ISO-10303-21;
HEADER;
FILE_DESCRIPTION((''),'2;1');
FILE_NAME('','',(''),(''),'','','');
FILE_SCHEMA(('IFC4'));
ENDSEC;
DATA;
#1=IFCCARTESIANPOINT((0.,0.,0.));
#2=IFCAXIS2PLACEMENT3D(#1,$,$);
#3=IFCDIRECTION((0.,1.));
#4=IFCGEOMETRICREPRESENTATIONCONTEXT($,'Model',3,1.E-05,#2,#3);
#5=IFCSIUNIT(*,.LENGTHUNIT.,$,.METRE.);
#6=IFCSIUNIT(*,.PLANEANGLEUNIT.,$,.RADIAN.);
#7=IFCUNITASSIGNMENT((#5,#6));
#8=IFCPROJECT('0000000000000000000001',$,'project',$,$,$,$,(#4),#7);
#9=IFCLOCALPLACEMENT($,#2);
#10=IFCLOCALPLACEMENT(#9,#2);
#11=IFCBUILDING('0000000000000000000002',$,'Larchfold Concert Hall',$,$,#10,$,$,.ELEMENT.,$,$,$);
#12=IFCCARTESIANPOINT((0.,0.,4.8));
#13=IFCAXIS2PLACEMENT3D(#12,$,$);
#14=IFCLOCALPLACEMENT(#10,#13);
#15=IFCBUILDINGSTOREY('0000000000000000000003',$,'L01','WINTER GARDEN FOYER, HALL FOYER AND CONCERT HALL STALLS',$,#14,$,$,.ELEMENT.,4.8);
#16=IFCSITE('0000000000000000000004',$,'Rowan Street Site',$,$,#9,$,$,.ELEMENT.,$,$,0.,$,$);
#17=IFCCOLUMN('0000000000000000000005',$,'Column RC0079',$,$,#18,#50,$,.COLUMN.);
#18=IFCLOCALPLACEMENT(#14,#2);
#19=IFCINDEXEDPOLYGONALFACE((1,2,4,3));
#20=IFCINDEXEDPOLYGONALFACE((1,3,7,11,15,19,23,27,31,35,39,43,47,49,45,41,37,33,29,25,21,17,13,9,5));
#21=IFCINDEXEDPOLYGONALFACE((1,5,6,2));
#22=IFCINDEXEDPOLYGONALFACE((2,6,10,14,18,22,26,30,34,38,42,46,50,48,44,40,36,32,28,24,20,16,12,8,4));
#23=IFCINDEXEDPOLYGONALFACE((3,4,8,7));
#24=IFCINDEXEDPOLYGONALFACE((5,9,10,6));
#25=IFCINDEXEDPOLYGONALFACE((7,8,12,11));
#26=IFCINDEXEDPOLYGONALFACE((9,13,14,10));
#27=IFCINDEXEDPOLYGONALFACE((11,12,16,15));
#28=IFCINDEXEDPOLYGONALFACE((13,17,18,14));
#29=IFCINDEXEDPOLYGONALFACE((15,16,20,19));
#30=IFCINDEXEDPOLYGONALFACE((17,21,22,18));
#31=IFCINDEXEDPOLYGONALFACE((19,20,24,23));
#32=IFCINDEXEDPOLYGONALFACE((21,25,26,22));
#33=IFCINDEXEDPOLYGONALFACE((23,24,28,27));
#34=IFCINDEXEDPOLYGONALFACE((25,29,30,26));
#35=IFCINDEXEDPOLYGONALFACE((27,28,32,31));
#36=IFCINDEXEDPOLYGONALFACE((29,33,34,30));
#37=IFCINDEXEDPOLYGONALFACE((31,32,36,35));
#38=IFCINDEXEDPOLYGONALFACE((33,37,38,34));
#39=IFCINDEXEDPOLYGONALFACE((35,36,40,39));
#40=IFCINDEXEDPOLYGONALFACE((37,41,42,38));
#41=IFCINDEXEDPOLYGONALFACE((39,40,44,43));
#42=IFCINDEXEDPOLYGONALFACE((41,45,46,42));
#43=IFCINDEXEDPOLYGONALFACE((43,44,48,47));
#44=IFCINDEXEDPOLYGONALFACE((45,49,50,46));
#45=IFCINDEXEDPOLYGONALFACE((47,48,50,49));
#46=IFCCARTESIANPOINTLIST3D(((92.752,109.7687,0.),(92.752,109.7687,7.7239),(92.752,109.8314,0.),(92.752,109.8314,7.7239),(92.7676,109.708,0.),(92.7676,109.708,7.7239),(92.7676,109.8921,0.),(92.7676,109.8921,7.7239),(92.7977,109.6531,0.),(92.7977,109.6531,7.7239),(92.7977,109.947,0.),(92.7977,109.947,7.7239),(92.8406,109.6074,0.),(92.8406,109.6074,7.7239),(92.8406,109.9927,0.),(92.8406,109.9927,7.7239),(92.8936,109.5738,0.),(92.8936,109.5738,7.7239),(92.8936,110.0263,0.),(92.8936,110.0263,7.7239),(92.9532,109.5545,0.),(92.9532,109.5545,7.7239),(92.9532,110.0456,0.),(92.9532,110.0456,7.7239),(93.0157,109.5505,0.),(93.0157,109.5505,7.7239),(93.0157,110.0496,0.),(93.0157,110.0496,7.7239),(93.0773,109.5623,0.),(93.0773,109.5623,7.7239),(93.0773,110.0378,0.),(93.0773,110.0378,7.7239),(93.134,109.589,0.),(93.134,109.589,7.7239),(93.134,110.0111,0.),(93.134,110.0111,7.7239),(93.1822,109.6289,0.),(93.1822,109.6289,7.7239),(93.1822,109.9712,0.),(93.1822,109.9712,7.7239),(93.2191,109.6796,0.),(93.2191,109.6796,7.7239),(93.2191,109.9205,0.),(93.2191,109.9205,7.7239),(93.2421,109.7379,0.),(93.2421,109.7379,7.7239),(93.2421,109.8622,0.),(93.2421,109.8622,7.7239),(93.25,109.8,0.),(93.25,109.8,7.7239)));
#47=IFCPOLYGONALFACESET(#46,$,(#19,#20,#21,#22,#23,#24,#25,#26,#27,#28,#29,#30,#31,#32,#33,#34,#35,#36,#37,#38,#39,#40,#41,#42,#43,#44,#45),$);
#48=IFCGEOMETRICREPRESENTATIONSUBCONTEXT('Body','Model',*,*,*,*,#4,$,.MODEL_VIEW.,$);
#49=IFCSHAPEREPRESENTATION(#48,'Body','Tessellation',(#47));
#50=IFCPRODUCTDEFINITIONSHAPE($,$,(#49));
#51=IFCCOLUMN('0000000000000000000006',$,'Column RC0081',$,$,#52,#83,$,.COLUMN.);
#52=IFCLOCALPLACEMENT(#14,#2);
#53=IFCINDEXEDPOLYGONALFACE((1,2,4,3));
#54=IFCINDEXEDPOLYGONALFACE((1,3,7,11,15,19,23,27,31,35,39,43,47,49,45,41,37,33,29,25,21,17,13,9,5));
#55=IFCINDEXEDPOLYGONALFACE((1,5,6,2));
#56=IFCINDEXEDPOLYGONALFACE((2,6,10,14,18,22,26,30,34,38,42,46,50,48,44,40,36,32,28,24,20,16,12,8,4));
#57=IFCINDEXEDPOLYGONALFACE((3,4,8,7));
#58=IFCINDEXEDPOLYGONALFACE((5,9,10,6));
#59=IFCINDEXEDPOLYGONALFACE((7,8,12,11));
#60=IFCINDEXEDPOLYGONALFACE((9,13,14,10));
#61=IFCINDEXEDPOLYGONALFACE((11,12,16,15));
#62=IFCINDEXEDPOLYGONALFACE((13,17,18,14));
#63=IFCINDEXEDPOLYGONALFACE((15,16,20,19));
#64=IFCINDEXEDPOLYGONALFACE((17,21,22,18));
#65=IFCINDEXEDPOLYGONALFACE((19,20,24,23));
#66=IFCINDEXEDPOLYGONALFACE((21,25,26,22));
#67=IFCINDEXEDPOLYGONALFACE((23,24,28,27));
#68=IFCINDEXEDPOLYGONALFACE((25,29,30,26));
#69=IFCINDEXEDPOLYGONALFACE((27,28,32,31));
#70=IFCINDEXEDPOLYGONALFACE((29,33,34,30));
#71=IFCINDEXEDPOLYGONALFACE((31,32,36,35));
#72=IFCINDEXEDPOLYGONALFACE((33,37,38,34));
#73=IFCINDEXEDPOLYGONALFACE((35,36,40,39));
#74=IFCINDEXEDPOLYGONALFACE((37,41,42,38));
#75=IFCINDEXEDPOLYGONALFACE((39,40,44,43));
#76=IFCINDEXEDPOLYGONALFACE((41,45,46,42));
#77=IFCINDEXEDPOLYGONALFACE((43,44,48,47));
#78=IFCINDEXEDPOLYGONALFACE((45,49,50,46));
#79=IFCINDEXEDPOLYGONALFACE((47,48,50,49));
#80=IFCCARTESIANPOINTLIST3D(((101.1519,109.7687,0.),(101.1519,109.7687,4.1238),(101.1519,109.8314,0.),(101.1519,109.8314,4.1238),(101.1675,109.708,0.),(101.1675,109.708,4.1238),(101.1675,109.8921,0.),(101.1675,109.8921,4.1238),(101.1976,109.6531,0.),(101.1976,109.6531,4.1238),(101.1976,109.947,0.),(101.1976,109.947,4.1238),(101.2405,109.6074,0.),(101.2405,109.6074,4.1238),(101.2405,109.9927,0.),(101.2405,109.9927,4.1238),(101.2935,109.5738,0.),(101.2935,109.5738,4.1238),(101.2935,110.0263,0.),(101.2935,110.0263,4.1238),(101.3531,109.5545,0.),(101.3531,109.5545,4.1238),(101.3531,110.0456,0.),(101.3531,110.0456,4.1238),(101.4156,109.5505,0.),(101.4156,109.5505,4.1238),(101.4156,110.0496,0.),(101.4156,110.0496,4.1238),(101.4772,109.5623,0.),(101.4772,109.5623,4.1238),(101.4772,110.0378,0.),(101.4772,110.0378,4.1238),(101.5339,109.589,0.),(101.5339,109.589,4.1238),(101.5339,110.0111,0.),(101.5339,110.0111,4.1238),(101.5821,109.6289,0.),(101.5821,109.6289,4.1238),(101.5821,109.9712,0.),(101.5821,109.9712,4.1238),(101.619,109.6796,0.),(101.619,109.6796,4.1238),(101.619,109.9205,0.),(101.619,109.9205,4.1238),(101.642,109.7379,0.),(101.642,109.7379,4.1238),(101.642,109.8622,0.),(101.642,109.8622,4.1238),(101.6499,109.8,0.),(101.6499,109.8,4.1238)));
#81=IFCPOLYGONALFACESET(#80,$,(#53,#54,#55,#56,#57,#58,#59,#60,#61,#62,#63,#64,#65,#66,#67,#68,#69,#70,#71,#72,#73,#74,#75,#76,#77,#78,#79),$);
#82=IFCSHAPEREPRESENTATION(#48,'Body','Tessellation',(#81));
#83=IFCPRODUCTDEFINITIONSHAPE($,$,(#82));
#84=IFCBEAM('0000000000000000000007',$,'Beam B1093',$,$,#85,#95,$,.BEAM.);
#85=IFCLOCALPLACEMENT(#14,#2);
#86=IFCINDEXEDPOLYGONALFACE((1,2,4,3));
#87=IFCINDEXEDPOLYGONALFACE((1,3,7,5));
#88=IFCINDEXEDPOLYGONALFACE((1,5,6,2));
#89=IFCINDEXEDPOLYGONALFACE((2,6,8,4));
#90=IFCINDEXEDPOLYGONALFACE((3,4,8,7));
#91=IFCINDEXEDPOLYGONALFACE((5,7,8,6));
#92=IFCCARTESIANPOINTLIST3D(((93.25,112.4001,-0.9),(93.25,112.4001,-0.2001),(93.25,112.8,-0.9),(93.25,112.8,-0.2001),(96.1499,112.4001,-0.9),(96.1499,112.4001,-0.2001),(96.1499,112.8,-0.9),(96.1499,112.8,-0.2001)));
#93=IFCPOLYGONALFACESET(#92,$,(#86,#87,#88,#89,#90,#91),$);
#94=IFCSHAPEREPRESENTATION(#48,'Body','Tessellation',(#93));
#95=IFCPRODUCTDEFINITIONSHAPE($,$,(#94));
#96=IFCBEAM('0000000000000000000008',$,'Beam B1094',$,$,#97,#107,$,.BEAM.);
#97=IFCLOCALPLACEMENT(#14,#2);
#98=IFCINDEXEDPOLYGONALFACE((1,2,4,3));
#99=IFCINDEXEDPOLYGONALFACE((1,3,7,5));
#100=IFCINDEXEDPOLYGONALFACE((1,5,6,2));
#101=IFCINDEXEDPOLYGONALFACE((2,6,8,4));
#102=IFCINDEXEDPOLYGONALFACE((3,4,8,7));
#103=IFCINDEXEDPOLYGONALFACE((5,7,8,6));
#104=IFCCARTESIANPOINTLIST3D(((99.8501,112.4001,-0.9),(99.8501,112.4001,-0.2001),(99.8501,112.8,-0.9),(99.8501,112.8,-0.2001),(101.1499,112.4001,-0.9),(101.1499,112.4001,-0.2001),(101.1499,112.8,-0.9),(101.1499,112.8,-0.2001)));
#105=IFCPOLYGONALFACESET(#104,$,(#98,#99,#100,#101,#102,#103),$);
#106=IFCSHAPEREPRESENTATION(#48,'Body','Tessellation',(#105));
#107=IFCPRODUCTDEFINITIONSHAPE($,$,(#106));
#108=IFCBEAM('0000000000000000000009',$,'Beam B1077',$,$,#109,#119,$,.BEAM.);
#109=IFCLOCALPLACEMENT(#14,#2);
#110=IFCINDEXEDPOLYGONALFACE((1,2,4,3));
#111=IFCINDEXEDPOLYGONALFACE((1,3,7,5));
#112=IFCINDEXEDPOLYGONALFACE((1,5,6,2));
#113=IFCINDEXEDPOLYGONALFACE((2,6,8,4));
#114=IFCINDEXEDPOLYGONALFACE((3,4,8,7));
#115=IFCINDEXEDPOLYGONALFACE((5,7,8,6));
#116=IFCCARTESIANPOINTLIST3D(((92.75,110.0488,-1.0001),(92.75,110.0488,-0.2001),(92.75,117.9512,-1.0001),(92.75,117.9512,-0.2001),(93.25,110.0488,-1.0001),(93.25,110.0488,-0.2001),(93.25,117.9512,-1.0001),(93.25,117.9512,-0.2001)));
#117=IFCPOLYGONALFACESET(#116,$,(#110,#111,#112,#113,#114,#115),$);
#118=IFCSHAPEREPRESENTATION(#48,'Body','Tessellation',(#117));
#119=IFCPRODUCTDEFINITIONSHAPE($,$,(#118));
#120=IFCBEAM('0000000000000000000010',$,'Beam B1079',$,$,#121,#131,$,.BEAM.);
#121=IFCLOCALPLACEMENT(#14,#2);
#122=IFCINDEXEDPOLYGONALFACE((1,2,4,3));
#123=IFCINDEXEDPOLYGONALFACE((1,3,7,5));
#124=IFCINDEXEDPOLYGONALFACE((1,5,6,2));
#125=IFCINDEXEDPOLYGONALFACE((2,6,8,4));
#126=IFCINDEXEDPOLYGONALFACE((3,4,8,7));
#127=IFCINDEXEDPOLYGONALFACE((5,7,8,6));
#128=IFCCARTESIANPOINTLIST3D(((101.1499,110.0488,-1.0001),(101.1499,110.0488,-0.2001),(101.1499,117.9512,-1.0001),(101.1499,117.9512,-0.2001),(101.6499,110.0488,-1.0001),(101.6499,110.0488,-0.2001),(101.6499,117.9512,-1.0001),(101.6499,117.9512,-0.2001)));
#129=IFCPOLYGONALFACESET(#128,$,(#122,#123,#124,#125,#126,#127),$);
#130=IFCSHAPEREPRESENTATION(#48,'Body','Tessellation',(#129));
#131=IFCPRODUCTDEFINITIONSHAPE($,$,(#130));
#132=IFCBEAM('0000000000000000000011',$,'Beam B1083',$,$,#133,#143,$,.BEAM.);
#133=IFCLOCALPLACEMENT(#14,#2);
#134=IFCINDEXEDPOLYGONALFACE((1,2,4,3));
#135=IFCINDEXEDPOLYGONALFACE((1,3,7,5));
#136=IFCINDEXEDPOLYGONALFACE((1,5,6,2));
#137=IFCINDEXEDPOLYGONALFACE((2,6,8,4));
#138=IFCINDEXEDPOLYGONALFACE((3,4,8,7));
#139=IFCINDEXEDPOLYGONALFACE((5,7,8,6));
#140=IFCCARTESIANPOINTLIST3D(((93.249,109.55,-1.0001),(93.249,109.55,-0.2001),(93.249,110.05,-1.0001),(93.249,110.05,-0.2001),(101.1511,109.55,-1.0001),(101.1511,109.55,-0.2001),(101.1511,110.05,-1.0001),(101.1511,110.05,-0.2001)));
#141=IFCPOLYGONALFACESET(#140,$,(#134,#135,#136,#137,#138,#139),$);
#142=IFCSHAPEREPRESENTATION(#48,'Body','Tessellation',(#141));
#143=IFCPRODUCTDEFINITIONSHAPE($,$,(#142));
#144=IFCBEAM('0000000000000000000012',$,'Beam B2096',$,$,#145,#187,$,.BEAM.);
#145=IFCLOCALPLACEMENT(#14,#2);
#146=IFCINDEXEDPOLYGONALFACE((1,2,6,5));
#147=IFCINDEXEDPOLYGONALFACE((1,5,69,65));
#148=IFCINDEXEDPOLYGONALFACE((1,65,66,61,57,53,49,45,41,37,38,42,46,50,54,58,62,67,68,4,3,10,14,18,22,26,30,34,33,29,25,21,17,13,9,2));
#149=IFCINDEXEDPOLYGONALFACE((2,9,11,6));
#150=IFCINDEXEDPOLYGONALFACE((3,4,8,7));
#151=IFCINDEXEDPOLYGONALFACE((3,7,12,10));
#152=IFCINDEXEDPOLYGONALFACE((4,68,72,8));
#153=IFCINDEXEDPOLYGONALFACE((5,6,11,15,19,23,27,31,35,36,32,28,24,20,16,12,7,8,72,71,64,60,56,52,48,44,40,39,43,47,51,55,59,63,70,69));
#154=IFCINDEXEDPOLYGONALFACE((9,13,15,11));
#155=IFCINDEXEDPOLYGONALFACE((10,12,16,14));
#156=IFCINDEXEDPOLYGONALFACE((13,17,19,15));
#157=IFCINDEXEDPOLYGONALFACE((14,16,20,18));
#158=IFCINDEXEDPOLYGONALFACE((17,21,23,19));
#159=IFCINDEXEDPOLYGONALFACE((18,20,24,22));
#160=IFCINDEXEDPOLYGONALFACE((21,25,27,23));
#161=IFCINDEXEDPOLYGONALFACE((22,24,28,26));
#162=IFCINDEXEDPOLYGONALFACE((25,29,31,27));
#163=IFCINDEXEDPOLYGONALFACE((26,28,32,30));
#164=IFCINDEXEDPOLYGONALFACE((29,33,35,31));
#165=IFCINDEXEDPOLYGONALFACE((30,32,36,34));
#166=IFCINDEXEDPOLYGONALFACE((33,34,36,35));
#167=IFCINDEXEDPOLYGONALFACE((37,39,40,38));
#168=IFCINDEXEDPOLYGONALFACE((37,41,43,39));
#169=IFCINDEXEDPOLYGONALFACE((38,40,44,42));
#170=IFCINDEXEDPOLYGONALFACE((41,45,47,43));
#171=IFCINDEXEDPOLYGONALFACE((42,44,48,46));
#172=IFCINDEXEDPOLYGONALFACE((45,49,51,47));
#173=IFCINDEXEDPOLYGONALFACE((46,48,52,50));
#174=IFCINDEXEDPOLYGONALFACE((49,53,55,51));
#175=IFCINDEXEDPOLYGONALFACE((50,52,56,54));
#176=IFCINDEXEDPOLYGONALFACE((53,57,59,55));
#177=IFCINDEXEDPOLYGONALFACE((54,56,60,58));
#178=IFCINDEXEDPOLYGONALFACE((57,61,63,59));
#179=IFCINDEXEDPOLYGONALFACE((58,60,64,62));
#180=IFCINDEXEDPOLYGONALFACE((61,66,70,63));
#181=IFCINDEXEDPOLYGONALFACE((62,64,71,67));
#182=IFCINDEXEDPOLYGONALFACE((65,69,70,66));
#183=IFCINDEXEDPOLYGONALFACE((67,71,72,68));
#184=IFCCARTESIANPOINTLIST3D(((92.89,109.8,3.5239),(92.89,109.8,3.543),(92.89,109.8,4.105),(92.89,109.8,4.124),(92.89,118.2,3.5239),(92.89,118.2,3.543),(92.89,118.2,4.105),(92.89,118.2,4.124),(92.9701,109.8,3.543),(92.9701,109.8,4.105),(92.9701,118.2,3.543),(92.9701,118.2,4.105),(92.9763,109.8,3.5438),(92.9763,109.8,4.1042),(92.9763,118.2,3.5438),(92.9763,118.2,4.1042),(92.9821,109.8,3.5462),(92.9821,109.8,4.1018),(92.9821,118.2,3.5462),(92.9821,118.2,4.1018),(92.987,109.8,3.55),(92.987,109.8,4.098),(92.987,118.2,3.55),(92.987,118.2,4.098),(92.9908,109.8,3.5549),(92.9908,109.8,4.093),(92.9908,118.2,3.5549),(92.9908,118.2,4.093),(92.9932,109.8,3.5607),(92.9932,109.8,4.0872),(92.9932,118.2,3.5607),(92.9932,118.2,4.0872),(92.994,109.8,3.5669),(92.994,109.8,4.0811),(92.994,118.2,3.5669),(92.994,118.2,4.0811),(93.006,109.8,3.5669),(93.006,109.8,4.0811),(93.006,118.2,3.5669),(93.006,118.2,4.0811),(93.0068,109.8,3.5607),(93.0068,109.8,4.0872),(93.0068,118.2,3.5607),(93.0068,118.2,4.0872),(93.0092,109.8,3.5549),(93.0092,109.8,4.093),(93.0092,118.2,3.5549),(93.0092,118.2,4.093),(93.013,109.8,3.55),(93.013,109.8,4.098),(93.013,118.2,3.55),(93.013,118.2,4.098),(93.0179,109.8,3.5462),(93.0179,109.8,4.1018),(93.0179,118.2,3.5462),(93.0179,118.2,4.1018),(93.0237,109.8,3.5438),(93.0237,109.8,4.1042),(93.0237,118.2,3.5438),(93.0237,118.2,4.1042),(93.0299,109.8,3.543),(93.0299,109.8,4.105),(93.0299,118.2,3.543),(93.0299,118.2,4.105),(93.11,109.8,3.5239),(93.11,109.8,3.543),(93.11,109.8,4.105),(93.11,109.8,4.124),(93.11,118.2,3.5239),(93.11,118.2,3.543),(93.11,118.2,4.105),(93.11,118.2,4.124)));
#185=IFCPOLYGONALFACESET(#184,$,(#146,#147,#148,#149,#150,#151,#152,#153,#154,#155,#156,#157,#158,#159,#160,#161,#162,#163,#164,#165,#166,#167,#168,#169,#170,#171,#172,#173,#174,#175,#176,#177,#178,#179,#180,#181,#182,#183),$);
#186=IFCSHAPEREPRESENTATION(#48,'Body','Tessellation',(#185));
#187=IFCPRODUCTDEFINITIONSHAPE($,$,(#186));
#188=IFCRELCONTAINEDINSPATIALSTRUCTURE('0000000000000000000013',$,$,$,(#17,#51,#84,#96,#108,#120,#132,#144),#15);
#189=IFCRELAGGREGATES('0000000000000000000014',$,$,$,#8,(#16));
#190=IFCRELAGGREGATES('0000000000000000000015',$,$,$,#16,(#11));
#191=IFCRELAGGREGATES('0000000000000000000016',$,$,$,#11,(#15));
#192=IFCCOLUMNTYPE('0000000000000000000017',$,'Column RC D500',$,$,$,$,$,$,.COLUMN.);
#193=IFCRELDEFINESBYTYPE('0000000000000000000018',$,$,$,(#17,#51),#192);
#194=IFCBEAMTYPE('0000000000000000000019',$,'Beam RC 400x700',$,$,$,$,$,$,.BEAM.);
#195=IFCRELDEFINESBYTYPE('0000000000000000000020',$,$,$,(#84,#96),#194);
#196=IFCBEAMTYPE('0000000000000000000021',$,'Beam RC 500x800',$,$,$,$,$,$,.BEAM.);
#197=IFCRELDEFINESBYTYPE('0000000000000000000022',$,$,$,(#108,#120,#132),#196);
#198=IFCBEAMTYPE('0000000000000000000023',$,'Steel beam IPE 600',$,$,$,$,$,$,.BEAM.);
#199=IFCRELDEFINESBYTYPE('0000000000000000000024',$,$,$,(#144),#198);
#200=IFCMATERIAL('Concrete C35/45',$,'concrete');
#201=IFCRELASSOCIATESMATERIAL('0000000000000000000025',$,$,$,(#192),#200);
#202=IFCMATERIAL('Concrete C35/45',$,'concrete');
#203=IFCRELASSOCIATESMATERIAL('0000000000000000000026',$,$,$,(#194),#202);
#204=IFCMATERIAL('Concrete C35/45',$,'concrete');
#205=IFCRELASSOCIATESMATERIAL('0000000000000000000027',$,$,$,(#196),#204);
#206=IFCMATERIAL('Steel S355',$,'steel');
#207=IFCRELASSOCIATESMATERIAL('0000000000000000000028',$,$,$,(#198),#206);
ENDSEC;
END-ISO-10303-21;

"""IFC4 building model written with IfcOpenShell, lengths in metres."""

from ifc_helpers import new_model, si_unit, direction, frame, origin, origin_2d, place, context, subcontext, project, spatial, rectangle, circle, i_section, extrude, material, material_profile, profile_set, type_object, element, save


model = new_model("IFC4")

# Units and contexts
model_context = context("Model", 3, precision=1e-05, world=origin(), true_north=direction((0.0, 1.0)))
body_context = subcontext(model_context, "Body", "Model", "MODEL_VIEW")
ifc_project = project(units=[si_unit("LENGTHUNIT", "METRE"), si_unit("PLANEANGLEUNIT", "RADIAN")], contexts=[model_context])

# Site, building, storey
site_placement = place(None, origin())
site = spatial("IfcSite", under=ifc_project, at=site_placement, Name="Rowan Street Site", CompositionType="ELEMENT", RefElevation=0.0)
building_placement = place(site_placement, origin())
building = spatial("IfcBuilding", under=site, at=building_placement, Name="Larchfold Concert Hall", CompositionType="ELEMENT")
storey_placement = place(building_placement, frame((0.0, 0.0, 4.8)))
storey = spatial("IfcBuildingStorey", under=building, at=storey_placement, Name="L01", Description="WINTER GARDEN FOYER, HALL FOYER AND CONCERT HALL STALLS", CompositionType="ELEMENT", Elevation=4.8)

# Columns
ifc_material_1 = material(Name="Concrete C35/45", Category="concrete")
ifc_material_profile_1 = material_profile(ifc_material_1, circle(Radius=0.25, at=origin_2d()))
ifc_profile_set_1 = profile_set([ifc_material_profile_1], Name="Concrete C35/45")
column_type = type_object("IfcColumnType", Name="Column RC D500", PredefinedType="COLUMN", material=ifc_profile_set_1)
column_1_placement = place(storey_placement, frame((93.0, 109.8, 0.0), z_axis=(0.0, 0.0, 1.0), x_axis=(1.0, 0.0, 0.0)))
element("IfcColumn", 1, at=column_1_placement, inside=storey, type_object=column_type, Name="Column RC0079", PredefinedType="COLUMN", context=body_context, shape_type="SweptSolid", body=[
    extrude(circle(Radius=0.25, at=origin_2d()), origin(), (0.0, 0.0, 1.0), 7.7239),
])
column_2_placement = place(storey_placement, frame((101.3999, 109.8, 0.0), z_axis=(0.0, 0.0, 1.0), x_axis=(1.0, 0.0, 0.0)))
element("IfcColumn", 2, at=column_2_placement, inside=storey, type_object=column_type, Name="Column RC0081", PredefinedType="COLUMN", context=body_context, shape_type="SweptSolid", body=[
    extrude(circle(Radius=0.25, at=origin_2d()), origin(), (0.0, 0.0, 1.0), 4.1238),
])

# Beams
ifc_material_2 = material(Name="Concrete C35/45", Category="concrete")
ifc_material_profile_2 = material_profile(ifc_material_2, rectangle(XDim=0.3999, YDim=0.7, at=origin_2d()))
ifc_profile_set_2 = profile_set([ifc_material_profile_2], Name="Concrete C35/45")
beam_type_1 = type_object("IfcBeamType", Name="Beam RC 400x700", PredefinedType="BEAM", material=ifc_profile_set_2)
beam_1_placement = place(storey_placement, frame((93.25, 112.6001, -0.55), z_axis=(1.0, 0.0, 0.0), x_axis=(0.0, 1.0, 0.0)))
element("IfcBeam", 3, at=beam_1_placement, inside=storey, type_object=beam_type_1, Name="Beam B1093", PredefinedType="BEAM", context=body_context, shape_type="SweptSolid", body=[
    extrude(rectangle(XDim=0.3999, YDim=0.7, at=origin_2d()), origin(), (0.0, 0.0, 1.0), 2.8999),
])
beam_2_placement = place(storey_placement, frame((99.8501, 112.6001, -0.55), z_axis=(1.0, 0.0, 0.0), x_axis=(0.0, 1.0, 0.0)))
element("IfcBeam", 4, at=beam_2_placement, inside=storey, type_object=beam_type_1, Name="Beam B1094", PredefinedType="BEAM", context=body_context, shape_type="SweptSolid", body=[
    extrude(rectangle(XDim=0.3999, YDim=0.7, at=origin_2d()), origin(), (0.0, 0.0, 1.0), 1.2998),
])
ifc_material_3 = material(Name="Concrete C35/45", Category="concrete")
ifc_material_profile_3 = material_profile(ifc_material_3, rectangle(XDim=0.5, YDim=0.8, at=origin_2d()))
ifc_profile_set_3 = profile_set([ifc_material_profile_3], Name="Concrete C35/45")
beam_type_2 = type_object("IfcBeamType", Name="Beam RC 500x800", PredefinedType="BEAM", material=ifc_profile_set_3)
for number, where, z_axis, x_axis, name in (
    (5, (93.0, 110.0488, -0.6001), (0.0, 1.0, 0.0), (-1.0, 0.0, 0.0), "Beam B1077"),
    (6, (101.3999, 110.0488, -0.6001), (0.0, 1.0, 0.0), (-1.0, 0.0, 0.0), "Beam B1079"),
):
    element("IfcBeam", number, at=place(storey_placement, frame(where, z_axis=z_axis, x_axis=x_axis)), inside=storey, type_object=beam_type_2, Name=name, PredefinedType="BEAM", context=body_context, shape_type="SweptSolid", body=[
        extrude(rectangle(XDim=0.5, YDim=0.8, at=origin_2d()), origin(), (0.0, 0.0, 1.0), 7.9023),
    ])
beam_3_placement = place(storey_placement, frame((93.249, 109.8, -0.6001), z_axis=(1.0, 0.0, 0.0), x_axis=(0.0, 1.0, 0.0)))
element("IfcBeam", 7, at=beam_3_placement, inside=storey, type_object=beam_type_2, Name="Beam B1083", PredefinedType="BEAM", context=body_context, shape_type="SweptSolid", body=[
    extrude(rectangle(XDim=0.5, YDim=0.8, at=origin_2d()), origin(), (0.0, 0.0, 1.0), 7.9021),
])
ifc_material_4 = material(Name="Steel S355", Category="steel")
ifc_material_profile_4 = material_profile(ifc_material_4, i_section(OverallWidth=0.22, OverallDepth=0.6001, WebThickness=0.012, FlangeThickness=0.019, FilletRadius=0.0239, at=origin_2d()))
ifc_profile_set_4 = profile_set([ifc_material_profile_4], Name="Steel S355")
beam_type_3 = type_object("IfcBeamType", Name="Steel beam IPE 600", PredefinedType="BEAM", material=ifc_profile_set_4)
beam_4_placement = place(storey_placement, frame((93.0, 109.8, 3.824), z_axis=(0.0, 1.0, 0.0), x_axis=(-1.0, 0.0, 0.0)))
element("IfcBeam", 8, at=beam_4_placement, inside=storey, type_object=beam_type_3, Name="Beam B2096", PredefinedType="BEAM", context=body_context, shape_type="SweptSolid", body=[
    extrude(i_section(OverallWidth=0.22, OverallDepth=0.6001, WebThickness=0.012, FlangeThickness=0.019, FilletRadius=0.0239, at=origin_2d()), origin(), (0.0, 0.0, 1.0), 8.3999),
])

save(model, "model.ifc")
